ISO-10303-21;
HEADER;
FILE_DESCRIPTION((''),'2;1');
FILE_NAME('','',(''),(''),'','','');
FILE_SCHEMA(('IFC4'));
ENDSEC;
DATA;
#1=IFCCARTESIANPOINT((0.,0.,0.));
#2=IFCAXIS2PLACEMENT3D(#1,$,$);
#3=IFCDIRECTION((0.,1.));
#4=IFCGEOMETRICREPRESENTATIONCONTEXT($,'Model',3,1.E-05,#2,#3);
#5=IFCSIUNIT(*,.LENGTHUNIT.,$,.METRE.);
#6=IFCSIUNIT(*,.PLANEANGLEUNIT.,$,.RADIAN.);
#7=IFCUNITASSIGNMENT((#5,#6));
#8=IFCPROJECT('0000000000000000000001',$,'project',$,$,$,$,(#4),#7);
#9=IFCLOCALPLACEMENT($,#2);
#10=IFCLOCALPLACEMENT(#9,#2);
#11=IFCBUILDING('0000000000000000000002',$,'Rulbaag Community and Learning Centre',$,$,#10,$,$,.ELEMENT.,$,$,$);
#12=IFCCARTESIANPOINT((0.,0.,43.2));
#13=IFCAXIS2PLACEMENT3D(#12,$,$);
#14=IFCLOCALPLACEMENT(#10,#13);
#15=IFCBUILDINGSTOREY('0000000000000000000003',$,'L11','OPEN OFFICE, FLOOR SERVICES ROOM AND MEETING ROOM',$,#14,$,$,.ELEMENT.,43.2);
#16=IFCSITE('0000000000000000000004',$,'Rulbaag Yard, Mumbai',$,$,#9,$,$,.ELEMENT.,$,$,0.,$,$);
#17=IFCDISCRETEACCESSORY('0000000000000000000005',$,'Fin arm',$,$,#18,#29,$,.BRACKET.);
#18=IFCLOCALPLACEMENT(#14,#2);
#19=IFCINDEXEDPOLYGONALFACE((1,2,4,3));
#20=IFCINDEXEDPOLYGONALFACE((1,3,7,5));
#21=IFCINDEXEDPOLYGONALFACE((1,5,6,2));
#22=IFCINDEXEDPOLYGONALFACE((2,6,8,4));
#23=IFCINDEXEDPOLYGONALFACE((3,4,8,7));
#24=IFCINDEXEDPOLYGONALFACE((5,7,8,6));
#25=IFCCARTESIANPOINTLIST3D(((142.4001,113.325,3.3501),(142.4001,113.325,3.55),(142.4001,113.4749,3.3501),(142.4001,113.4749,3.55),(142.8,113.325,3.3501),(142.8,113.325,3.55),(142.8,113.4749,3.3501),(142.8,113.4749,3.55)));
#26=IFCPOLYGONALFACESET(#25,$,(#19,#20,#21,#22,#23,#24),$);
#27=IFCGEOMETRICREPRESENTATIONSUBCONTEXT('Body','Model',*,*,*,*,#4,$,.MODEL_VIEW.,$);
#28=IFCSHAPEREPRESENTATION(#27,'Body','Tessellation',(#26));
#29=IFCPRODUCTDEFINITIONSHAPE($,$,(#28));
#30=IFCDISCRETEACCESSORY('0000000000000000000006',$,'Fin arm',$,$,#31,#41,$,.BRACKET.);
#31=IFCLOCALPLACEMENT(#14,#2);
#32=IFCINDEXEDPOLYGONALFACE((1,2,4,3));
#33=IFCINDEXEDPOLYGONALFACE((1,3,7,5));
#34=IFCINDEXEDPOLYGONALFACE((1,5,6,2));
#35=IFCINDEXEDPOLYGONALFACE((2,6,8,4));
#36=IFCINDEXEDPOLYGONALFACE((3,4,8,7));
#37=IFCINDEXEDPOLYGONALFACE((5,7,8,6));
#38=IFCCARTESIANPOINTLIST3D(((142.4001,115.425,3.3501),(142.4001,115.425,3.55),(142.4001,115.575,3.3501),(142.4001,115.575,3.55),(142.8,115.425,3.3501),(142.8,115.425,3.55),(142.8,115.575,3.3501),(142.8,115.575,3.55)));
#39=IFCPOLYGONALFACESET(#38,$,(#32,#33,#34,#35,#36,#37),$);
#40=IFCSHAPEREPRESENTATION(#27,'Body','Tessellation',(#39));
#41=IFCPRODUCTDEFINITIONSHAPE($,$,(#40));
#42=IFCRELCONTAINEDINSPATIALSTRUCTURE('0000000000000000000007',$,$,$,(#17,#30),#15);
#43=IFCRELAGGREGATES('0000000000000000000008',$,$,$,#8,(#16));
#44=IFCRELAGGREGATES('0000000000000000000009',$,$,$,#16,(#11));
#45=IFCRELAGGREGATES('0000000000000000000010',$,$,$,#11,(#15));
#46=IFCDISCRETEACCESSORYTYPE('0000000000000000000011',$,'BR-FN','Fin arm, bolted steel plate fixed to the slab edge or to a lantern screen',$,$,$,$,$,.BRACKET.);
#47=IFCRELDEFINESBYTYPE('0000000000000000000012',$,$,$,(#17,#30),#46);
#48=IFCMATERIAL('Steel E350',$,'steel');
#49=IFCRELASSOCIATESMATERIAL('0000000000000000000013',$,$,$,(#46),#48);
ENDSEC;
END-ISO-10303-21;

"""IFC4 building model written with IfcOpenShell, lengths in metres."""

from ifc_helpers import new_model, si_unit, direction, frame, origin, origin_2d, place, context, subcontext, project, spatial, rectangle, extrude, material, type_object, element, save


model = new_model("IFC4")

# Units and contexts
model_context = context("Model", 3, precision=1e-05, world=origin(), true_north=direction((0.0, 1.0)))
body_context = subcontext(model_context, "Body", "Model", "MODEL_VIEW")
ifc_project = project(units=[si_unit("LENGTHUNIT", "METRE"), si_unit("PLANEANGLEUNIT", "RADIAN")], contexts=[model_context])

# Site, building, storey
site_placement = place(None, origin())
site = spatial("IfcSite", under=ifc_project, at=site_placement, Name="Rulbaag Yard, Mumbai", CompositionType="ELEMENT", RefElevation=0.0)
building_placement = place(site_placement, origin())
building = spatial("IfcBuilding", under=site, at=building_placement, Name="Rulbaag Community and Learning Centre", CompositionType="ELEMENT")
storey_placement = place(building_placement, frame((0.0, 0.0, 43.2)))
storey = spatial("IfcBuildingStorey", under=building, at=storey_placement, Name="L11", Description="OPEN OFFICE, FLOOR SERVICES ROOM AND MEETING ROOM", CompositionType="ELEMENT", Elevation=43.2)

# Discrete accessories
ifc_material_1 = material(Name="Steel E350", Category="steel")
discrete_accessory_type = type_object("IfcDiscreteAccessoryType", Name="BR-FN", Description="Fin arm, bolted steel plate fixed to the slab edge or to a lantern screen", PredefinedType="BRACKET", material=ifc_material_1)
for number, where, z_axis, x_axis, name in (
    (1, (142.6001, 113.3999, 3.3501), (0.0, 0.0, 1.0), (1.0, 0.0, 0.0), "Fin arm"),
    (2, (142.6001, 115.5, 3.3501), (0.0, 0.0, 1.0), (1.0, 0.0, 0.0), "Fin arm"),
):
    element("IfcDiscreteAccessory", number, at=place(storey_placement, frame(where, z_axis=z_axis, x_axis=x_axis)), inside=storey, type_object=discrete_accessory_type, Name=name, PredefinedType="BRACKET", context=body_context, shape_type="SweptSolid", body=[
        extrude(rectangle(XDim=0.3999, YDim=0.1499, at=origin_2d()), origin(), (0.0, 0.0, 1.0), 0.2),
    ])

save(model, "model.ifc")
